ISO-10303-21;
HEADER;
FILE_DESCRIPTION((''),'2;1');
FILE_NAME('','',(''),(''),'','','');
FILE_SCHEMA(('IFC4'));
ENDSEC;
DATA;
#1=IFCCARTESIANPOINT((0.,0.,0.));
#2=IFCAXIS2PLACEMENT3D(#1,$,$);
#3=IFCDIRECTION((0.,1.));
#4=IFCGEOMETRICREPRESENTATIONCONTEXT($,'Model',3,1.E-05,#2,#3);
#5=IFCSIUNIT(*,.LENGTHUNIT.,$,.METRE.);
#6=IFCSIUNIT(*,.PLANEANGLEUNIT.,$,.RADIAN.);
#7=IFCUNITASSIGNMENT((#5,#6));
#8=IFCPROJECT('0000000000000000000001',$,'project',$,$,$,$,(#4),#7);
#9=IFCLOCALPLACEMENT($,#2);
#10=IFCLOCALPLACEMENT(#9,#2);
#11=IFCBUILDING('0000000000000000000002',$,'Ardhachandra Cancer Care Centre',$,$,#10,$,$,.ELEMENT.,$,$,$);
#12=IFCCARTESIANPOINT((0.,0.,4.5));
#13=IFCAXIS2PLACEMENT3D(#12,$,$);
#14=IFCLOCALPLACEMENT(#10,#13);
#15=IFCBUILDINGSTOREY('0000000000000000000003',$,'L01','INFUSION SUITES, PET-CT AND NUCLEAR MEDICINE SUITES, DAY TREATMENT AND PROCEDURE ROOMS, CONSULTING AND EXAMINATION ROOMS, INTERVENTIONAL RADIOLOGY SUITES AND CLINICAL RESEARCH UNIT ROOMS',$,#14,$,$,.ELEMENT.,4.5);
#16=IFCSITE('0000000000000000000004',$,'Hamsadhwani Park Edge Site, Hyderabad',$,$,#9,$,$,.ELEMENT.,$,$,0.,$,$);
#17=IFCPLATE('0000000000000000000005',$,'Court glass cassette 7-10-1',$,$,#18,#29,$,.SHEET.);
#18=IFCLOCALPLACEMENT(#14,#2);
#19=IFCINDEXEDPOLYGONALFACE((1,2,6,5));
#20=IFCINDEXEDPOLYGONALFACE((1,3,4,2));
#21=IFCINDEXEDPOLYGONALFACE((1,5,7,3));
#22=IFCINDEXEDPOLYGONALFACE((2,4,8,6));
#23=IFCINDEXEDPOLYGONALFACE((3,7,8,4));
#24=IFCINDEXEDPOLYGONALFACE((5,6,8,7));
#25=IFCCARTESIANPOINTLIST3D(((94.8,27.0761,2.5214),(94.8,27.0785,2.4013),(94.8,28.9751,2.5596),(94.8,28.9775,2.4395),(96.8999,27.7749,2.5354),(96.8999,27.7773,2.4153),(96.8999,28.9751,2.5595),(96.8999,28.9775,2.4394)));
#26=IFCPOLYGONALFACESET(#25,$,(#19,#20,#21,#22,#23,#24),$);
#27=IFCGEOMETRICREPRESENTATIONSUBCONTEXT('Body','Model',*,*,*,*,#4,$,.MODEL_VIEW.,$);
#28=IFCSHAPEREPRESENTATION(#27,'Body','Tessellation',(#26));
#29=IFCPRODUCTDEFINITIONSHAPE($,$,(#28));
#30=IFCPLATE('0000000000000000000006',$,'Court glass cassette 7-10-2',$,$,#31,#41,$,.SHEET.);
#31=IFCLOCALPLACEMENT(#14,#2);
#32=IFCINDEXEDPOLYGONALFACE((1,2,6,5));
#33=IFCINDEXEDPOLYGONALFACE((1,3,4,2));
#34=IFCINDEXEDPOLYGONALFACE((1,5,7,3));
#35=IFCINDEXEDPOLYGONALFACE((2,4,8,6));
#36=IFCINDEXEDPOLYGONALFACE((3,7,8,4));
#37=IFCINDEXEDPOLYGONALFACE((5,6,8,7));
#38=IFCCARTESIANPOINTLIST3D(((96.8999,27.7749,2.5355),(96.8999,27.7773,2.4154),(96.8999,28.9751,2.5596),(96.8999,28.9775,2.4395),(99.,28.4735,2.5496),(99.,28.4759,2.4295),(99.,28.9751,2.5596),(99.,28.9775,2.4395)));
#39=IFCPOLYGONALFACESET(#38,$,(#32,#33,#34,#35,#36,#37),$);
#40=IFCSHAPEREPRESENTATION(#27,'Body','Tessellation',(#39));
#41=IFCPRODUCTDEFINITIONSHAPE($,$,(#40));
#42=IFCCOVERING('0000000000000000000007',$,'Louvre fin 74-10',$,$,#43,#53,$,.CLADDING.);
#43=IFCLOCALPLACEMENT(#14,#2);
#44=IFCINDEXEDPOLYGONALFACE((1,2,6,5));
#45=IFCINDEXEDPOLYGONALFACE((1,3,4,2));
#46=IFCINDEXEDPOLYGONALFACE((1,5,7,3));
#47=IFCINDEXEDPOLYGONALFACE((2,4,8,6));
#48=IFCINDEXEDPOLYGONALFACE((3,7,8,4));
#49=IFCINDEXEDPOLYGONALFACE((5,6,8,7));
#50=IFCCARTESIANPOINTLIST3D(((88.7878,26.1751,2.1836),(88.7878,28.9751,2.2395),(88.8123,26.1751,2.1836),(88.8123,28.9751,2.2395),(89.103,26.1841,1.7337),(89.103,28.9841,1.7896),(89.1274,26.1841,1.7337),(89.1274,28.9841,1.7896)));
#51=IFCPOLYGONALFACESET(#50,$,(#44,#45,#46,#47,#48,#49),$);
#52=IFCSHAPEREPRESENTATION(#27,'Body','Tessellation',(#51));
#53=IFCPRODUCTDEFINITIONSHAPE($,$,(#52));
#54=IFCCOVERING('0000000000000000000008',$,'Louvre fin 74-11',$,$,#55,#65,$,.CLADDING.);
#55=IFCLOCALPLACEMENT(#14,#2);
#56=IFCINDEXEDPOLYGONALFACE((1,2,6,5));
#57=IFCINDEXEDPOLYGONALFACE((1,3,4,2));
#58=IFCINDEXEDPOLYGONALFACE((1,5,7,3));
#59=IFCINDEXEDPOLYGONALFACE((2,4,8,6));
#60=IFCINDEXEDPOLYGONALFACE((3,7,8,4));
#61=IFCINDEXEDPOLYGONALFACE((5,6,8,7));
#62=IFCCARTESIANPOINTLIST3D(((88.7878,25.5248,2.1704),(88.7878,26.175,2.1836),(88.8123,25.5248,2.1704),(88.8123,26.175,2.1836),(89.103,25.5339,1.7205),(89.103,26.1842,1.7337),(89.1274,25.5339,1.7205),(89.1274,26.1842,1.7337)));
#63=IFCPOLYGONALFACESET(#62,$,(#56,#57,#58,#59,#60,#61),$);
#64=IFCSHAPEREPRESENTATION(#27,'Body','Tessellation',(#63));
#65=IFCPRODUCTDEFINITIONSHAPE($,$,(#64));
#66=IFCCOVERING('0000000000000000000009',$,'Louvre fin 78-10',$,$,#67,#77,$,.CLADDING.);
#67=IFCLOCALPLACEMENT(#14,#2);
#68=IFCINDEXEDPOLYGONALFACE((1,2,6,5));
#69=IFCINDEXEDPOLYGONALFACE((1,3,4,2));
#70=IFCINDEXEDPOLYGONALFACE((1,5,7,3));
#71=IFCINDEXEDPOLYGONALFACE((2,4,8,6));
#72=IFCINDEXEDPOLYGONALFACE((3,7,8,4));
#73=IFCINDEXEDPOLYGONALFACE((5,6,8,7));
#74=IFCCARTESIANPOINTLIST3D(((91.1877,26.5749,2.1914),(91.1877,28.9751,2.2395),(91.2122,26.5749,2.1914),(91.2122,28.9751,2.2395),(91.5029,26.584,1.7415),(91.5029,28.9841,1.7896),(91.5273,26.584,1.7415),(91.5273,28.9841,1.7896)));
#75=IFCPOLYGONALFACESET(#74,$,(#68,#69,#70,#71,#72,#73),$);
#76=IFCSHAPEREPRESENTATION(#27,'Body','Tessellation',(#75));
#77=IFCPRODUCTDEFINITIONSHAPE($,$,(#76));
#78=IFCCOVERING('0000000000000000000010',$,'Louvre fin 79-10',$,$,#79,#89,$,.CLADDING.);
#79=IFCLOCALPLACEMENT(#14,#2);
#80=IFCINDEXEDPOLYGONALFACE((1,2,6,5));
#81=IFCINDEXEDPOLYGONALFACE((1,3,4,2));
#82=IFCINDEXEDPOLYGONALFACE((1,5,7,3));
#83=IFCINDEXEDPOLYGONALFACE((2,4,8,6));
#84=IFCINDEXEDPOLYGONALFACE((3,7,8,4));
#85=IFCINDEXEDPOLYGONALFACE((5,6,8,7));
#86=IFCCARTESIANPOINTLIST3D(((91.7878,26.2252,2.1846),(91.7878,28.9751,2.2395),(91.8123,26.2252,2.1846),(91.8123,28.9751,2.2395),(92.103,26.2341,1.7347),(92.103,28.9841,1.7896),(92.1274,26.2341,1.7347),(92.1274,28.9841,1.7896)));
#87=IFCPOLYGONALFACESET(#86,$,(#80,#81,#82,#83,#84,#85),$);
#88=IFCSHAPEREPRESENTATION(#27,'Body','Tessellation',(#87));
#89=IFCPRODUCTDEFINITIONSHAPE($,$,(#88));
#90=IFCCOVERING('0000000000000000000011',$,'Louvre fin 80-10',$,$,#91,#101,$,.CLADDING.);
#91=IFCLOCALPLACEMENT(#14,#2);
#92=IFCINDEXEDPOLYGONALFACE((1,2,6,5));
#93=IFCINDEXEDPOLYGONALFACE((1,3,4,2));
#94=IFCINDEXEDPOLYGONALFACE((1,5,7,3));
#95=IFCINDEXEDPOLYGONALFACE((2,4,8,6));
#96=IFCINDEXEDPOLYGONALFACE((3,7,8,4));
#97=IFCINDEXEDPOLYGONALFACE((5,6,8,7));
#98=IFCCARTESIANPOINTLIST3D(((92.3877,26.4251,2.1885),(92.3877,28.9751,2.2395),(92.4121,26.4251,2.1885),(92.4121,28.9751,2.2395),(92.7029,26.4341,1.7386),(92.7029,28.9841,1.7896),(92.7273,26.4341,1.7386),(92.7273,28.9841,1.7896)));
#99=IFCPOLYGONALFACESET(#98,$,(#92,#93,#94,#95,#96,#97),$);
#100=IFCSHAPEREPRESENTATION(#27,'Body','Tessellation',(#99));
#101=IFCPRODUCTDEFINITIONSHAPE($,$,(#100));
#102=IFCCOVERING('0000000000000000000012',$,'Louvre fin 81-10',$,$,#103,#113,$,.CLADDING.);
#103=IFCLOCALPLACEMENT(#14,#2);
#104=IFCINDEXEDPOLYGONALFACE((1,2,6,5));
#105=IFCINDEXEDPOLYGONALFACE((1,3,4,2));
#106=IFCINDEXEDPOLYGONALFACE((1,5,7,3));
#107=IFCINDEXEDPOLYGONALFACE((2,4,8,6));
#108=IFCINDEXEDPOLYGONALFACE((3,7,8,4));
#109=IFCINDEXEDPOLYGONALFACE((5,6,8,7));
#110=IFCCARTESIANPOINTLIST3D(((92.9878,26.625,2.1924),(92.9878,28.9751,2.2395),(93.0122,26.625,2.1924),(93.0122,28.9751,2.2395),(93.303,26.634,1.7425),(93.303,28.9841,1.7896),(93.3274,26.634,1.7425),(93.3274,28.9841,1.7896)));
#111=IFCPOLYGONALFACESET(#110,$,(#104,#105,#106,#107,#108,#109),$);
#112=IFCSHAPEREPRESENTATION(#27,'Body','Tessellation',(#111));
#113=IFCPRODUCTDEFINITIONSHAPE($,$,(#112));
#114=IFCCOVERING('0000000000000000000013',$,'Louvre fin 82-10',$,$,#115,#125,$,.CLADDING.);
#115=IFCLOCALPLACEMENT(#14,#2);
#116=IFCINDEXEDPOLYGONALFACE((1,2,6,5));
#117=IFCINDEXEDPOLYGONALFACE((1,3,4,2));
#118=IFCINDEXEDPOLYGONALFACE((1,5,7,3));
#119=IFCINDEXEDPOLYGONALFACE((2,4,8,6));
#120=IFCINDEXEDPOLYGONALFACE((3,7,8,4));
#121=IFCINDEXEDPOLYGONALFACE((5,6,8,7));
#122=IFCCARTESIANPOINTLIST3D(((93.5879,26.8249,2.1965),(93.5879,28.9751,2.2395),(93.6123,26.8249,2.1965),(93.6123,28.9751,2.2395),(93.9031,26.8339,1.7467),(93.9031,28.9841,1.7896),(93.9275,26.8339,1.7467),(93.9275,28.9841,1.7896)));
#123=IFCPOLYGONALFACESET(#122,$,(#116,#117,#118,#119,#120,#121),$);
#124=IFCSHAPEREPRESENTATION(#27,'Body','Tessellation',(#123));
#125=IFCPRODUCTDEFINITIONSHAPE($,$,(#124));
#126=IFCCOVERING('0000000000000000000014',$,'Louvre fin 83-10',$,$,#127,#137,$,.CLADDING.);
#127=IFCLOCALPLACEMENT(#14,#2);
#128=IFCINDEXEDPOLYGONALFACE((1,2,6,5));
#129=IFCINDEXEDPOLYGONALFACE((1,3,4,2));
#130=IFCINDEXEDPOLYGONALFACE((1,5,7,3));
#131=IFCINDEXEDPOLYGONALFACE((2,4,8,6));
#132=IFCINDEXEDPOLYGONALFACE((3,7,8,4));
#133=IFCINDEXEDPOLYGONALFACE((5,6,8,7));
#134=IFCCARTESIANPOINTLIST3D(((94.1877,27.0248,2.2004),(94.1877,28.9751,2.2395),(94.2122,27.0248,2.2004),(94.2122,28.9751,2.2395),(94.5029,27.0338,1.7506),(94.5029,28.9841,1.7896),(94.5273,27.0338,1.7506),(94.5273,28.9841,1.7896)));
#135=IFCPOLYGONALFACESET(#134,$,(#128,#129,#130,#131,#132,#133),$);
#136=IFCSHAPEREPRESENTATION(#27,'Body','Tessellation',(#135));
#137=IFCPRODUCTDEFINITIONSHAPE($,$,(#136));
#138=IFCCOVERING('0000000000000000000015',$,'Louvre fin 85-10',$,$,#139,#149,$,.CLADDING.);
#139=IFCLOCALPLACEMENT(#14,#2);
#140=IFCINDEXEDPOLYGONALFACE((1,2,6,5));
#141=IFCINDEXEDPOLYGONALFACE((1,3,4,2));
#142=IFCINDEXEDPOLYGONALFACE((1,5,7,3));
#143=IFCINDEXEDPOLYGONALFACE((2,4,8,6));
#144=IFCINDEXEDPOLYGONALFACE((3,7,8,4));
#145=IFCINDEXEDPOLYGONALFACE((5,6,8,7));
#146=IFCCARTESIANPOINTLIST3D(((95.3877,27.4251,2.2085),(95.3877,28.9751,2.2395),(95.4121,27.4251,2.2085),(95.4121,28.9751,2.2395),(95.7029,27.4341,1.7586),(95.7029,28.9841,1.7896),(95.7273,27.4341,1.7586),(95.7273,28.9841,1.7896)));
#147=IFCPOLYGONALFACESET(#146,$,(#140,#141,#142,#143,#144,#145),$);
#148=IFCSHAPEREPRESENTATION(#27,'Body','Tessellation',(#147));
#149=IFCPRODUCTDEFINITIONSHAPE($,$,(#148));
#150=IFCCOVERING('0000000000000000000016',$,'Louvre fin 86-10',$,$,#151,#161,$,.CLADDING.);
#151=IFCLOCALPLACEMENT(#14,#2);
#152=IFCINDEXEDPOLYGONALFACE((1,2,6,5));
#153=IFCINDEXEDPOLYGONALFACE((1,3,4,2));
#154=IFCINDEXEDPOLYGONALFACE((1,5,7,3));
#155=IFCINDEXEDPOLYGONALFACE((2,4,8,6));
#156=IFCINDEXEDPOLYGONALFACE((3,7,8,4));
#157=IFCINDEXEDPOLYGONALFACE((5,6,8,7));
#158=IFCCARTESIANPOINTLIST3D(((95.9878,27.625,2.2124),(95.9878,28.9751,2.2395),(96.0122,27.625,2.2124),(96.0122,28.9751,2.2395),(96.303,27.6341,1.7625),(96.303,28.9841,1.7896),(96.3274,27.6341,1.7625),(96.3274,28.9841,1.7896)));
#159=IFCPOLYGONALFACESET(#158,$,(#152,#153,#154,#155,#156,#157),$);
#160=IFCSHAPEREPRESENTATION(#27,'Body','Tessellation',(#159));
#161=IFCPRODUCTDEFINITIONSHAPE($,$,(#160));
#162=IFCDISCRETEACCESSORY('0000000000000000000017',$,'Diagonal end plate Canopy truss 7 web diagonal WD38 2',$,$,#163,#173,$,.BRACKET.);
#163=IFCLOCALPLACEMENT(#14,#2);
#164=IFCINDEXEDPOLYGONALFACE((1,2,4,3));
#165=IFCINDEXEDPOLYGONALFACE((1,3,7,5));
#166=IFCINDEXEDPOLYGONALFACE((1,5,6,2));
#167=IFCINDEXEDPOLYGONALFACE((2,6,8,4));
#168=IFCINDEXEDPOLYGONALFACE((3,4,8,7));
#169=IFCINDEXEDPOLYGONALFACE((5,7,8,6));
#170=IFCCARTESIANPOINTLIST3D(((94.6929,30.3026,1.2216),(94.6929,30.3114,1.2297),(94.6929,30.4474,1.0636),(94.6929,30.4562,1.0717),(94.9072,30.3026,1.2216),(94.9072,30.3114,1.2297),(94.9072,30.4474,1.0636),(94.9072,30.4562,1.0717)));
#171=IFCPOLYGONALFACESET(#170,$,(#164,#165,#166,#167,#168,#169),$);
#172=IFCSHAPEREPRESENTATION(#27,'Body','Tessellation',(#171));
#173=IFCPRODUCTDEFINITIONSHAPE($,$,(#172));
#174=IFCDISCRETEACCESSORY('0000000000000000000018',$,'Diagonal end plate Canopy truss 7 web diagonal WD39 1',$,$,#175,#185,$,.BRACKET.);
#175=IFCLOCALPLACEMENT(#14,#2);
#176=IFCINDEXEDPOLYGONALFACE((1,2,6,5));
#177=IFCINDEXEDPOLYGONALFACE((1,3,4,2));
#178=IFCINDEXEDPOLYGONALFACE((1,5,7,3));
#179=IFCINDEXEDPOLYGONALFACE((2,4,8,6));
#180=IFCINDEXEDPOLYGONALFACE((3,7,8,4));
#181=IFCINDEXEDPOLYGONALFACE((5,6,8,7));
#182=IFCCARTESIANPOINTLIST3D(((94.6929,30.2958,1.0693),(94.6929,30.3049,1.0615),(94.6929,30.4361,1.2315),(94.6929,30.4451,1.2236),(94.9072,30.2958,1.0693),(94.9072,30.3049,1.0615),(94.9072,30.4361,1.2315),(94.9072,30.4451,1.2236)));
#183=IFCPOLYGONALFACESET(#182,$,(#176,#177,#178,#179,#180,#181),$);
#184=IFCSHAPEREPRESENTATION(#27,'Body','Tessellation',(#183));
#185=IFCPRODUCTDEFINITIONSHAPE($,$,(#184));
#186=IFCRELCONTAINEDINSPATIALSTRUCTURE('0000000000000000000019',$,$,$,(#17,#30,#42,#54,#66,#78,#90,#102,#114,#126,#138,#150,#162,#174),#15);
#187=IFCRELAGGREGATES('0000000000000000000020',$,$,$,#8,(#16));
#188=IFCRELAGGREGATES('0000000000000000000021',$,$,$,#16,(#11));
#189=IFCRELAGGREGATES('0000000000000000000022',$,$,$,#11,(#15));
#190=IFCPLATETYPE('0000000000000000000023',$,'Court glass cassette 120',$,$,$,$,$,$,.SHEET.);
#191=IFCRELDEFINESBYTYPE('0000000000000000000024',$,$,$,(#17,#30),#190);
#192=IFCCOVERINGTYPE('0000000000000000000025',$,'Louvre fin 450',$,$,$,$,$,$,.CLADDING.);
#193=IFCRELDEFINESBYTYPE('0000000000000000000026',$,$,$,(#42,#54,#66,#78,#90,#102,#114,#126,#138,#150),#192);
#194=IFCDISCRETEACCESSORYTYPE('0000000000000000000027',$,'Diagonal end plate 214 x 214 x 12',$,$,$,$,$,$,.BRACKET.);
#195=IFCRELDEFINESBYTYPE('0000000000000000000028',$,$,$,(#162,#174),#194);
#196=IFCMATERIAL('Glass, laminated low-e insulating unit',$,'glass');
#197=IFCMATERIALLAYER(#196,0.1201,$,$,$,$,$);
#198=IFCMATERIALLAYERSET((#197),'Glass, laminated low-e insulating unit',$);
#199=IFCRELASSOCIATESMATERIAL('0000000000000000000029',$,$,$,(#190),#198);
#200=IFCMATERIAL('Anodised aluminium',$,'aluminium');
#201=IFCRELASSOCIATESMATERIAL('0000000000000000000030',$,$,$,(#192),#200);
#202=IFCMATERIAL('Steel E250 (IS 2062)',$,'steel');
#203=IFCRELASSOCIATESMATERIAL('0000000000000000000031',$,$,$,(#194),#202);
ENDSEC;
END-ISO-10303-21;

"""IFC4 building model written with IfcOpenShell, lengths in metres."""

from ifc_helpers import new_model, si_unit, direction, frame, origin, origin_2d, place, context, subcontext, project, spatial, polyline, rectangle, outline, extrude, material, layer, layer_set, material_profile, profile_set, type_object, element, save


model = new_model("IFC4")

# Units and contexts
model_context = context("Model", 3, precision=1e-05, world=origin(), true_north=direction((0.0, 1.0)))
body_context = subcontext(model_context, "Body", "Model", "MODEL_VIEW")
ifc_project = project(units=[si_unit("LENGTHUNIT", "METRE"), si_unit("PLANEANGLEUNIT", "RADIAN")], contexts=[model_context])

# Site, building, storey
site_placement = place(None, origin())
site = spatial("IfcSite", under=ifc_project, at=site_placement, Name="Hamsadhwani Park Edge Site, Hyderabad", CompositionType="ELEMENT", RefElevation=0.0)
building_placement = place(site_placement, origin())
building = spatial("IfcBuilding", under=site, at=building_placement, Name="Ardhachandra Cancer Care Centre", CompositionType="ELEMENT")
storey_placement = place(building_placement, frame((0.0, 0.0, 4.5)))
storey = spatial("IfcBuildingStorey", under=building, at=storey_placement, Name="L01", Description="INFUSION SUITES, PET-CT AND NUCLEAR MEDICINE SUITES, DAY TREATMENT AND PROCEDURE ROOMS, CONSULTING AND EXAMINATION ROOMS, INTERVENTIONAL RADIOLOGY SUITES AND CLINICAL RESEARCH UNIT ROOMS", CompositionType="ELEMENT", Elevation=4.5)

# Plates
ifc_material_1 = material(Name="Glass, laminated low-e insulating unit", Category="glass")
ifc_layer = layer(ifc_material_1, 0.1201)
ifc_layer_set = layer_set([ifc_layer], Name="Glass, laminated low-e insulating unit")
plate_type = type_object("IfcPlateType", Name="Court glass cassette 120", PredefinedType="SHEET", material=ifc_layer_set)
plate_1_placement = place(storey_placement, frame((94.8, 28.9751, 2.5596), z_axis=(0.000029, -0.020084, 0.999798), x_axis=(1.0, 0.000001, -0.000029)))
element("IfcPlate", 1, at=plate_1_placement, inside=storey, type_object=plate_type, Name="Court glass cassette 7-10-1", PredefinedType="SHEET", context=body_context, shape_type="SweptSolid", body=[
    extrude(outline(polyline([(0.0, -1.8994), (2.0999, -1.2004), (2.0999, 0.0), (0.0, 0.0), (0.0, -1.8994)])), frame((0.0, 0.0, -0.1201)), (0.0, 0.0, 1.0), 0.1201),
])
plate_2_placement = place(storey_placement, frame((96.8999, 28.9751, 2.5596), z_axis=(-0.000031, -0.020079, 0.999798), x_axis=(1.0, -0.000001, 0.000031)))
element("IfcPlate", 2, at=plate_2_placement, inside=storey, type_object=plate_type, Name="Court glass cassette 7-10-2", PredefinedType="SHEET", context=body_context, shape_type="SweptSolid", body=[
    extrude(outline(polyline([(0.0, -1.2004), (2.1001, -0.5017), (2.1001, 0.0), (0.0, 0.0), (0.0, -1.2004)])), frame((0.0, 0.0, -0.1201)), (0.0, 0.0, 1.0), 0.1201),
])

# Coverings
ifc_material_2 = material(Name="Anodised aluminium", Category="aluminium")
ifc_material_profile_1 = material_profile(ifc_material_2, outline(polyline([(-0.0122, 0.0), (0.0122, 0.0), (0.3274, -0.45), (0.303, -0.45), (-0.0122, 0.0)])), Name="Louvre fin 450")
ifc_profile_set_1 = profile_set([ifc_material_profile_1], Name="Anodised aluminium")
covering_type = type_object("IfcCoveringType", Name="Louvre fin 450", PredefinedType="CLADDING", material=ifc_profile_set_1)
covering_1_placement = place(storey_placement, frame((88.8, 28.9751, 2.2395), z_axis=(0.0, -0.999801, -0.019963), x_axis=(1.0, 0.0, 0.0)))
element("IfcCovering", 3, at=covering_1_placement, inside=storey, type_object=covering_type, Name="Louvre fin 74-10", PredefinedType="CLADDING", context=body_context, shape_type="SweptSolid", body=[
    extrude(outline(polyline([(-0.0122, 0.0), (0.0122, 0.0), (0.3274, -0.45), (0.303, -0.45), (-0.0122, 0.0)])), origin(), (0.0, 0.0, 1.0), 2.8005),
])
covering_2_placement = place(storey_placement, frame((88.8, 26.175, 2.1836), z_axis=(0.0, -0.999794, -0.020274), x_axis=(1.0, 0.0, 0.0)))
element("IfcCovering", 4, at=covering_2_placement, inside=storey, type_object=covering_type, Name="Louvre fin 74-11", PredefinedType="CLADDING", context=body_context, shape_type="SweptSolid", body=[
    extrude(outline(polyline([(-0.0122, 0.0), (0.0122, 0.0), (0.3274, -0.45), (0.303, -0.45), (-0.0122, 0.0)])), origin(), (0.0, 0.0, 1.0), 0.6504),
])
covering_3_placement = place(storey_placement, frame((91.2, 28.9751, 2.2395), z_axis=(0.0, -0.999799, -0.020035), x_axis=(1.0, 0.0, 0.0)))
element("IfcCovering", 5, at=covering_3_placement, inside=storey, type_object=covering_type, Name="Louvre fin 78-10", PredefinedType="CLADDING", context=body_context, shape_type="SweptSolid", body=[
    extrude(outline(polyline([(-0.0122, 0.0), (0.0122, 0.0), (0.3274, -0.45), (0.303, -0.45), (-0.0122, 0.0)])), origin(), (0.0, 0.0, 1.0), 2.4006),
])
covering_4_placement = place(storey_placement, frame((91.8, 28.9751, 2.2395), z_axis=(0.0, -0.999801, -0.019971), x_axis=(1.0, 0.0, 0.0)))
element("IfcCovering", 6, at=covering_4_placement, inside=storey, type_object=covering_type, Name="Louvre fin 79-10", PredefinedType="CLADDING", context=body_context, shape_type="SweptSolid", body=[
    extrude(outline(polyline([(-0.0122, 0.0), (0.0122, 0.0), (0.3274, -0.45), (0.303, -0.45), (-0.0122, 0.0)])), origin(), (0.0, 0.0, 1.0), 2.7505),
])
covering_5_placement = place(storey_placement, frame((92.3999, 28.9751, 2.2395), z_axis=(0.0, -0.9998, -0.020006), x_axis=(1.0, 0.0, 0.0)))
element("IfcCovering", 7, at=covering_5_placement, inside=storey, type_object=covering_type, Name="Louvre fin 80-10", PredefinedType="CLADDING", context=body_context, shape_type="SweptSolid", body=[
    extrude(outline(polyline([(-0.0122, 0.0), (0.0122, 0.0), (0.3274, -0.45), (0.303, -0.45), (-0.0122, 0.0)])), origin(), (0.0, 0.0, 1.0), 2.5505),
])
covering_6_placement = place(storey_placement, frame((93.0, 28.9751, 2.2395), z_axis=(0.0, -0.999799, -0.020046), x_axis=(1.0, 0.0, 0.0)))
element("IfcCovering", 8, at=covering_6_placement, inside=storey, type_object=covering_type, Name="Louvre fin 81-10", PredefinedType="CLADDING", context=body_context, shape_type="SweptSolid", body=[
    extrude(outline(polyline([(-0.0122, 0.0), (0.0122, 0.0), (0.3274, -0.45), (0.303, -0.45), (-0.0122, 0.0)])), origin(), (0.0, 0.0, 1.0), 2.3506),
])
covering_7_placement = place(storey_placement, frame((93.6001, 28.9751, 2.2395), z_axis=(0.0, -0.9998, -0.01998), x_axis=(1.0, 0.0, 0.0)))
element("IfcCovering", 9, at=covering_7_placement, inside=storey, type_object=covering_type, Name="Louvre fin 82-10", PredefinedType="CLADDING", context=body_context, shape_type="SweptSolid", body=[
    extrude(outline(polyline([(-0.0122, 0.0), (0.0122, 0.0), (0.3274, -0.45), (0.303, -0.45), (-0.0122, 0.0)])), origin(), (0.0, 0.0, 1.0), 2.1506),
])
covering_8_placement = place(storey_placement, frame((94.2, 28.9751, 2.2395), z_axis=(0.0, -0.999799, -0.020026), x_axis=(1.0, 0.0, 0.0)))
element("IfcCovering", 10, at=covering_8_placement, inside=storey, type_object=covering_type, Name="Louvre fin 83-10", PredefinedType="CLADDING", context=body_context, shape_type="SweptSolid", body=[
    extrude(outline(polyline([(-0.0122, 0.0), (0.0122, 0.0), (0.3274, -0.45), (0.303, -0.45), (-0.0122, 0.0)])), origin(), (0.0, 0.0, 1.0), 1.9507),
])
covering_9_placement = place(storey_placement, frame((95.3999, 28.9751, 2.2395), z_axis=(0.0, -0.9998, -0.019999), x_axis=(1.0, 0.0, 0.0)))
element("IfcCovering", 11, at=covering_9_placement, inside=storey, type_object=covering_type, Name="Louvre fin 85-10", PredefinedType="CLADDING", context=body_context, shape_type="SweptSolid", body=[
    extrude(outline(polyline([(-0.0122, 0.0), (0.0122, 0.0), (0.3274, -0.45), (0.303, -0.45), (-0.0122, 0.0)])), origin(), (0.0, 0.0, 1.0), 1.5503),
])
covering_10_placement = place(storey_placement, frame((96.0, 28.9751, 2.2395), z_axis=(0.0, -0.999799, -0.020068), x_axis=(1.0, 0.0, 0.0)))
element("IfcCovering", 12, at=covering_10_placement, inside=storey, type_object=covering_type, Name="Louvre fin 86-10", PredefinedType="CLADDING", context=body_context, shape_type="SweptSolid", body=[
    extrude(outline(polyline([(-0.0122, 0.0), (0.0122, 0.0), (0.3274, -0.45), (0.303, -0.45), (-0.0122, 0.0)])), origin(), (0.0, 0.0, 1.0), 1.3503),
])

# Discrete accessories
ifc_material_3 = material(Name="Steel E250 (IS 2062)", Category="steel")
ifc_material_profile_2 = material_profile(ifc_material_3, rectangle(XDim=0.2144, YDim=0.2144, at=origin_2d()), Name="PL 214x214x12")
ifc_profile_set_2 = profile_set([ifc_material_profile_2], Name="Steel E250 (IS 2062)")
discrete_accessory_type = type_object("IfcDiscreteAccessoryType", Name="Diagonal end plate 214 x 214 x 12", PredefinedType="BRACKET", material=ifc_profile_set_2)
for number, where, z_axis, x_axis, name in (
    (13, (94.8, 30.375, 1.1426), (0.0, 0.737154, 0.675725), (-1.0, 0.0, 0.0), "Diagonal end plate Canopy truss 7 web diagonal WD38 2"),
    (14, (94.8, 30.375, 1.1426), (0.0, -0.756363, 0.654152), (1.0, 0.0, 0.0), "Diagonal end plate Canopy truss 7 web diagonal WD39 1"),
):
    element("IfcDiscreteAccessory", number, at=place(storey_placement, frame(where, z_axis=z_axis, x_axis=x_axis)), inside=storey, type_object=discrete_accessory_type, Name=name, PredefinedType="BRACKET", context=body_context, shape_type="SweptSolid", body=[
        extrude(rectangle(XDim=0.2144, YDim=0.2144, at=origin_2d()), origin(), (0.0, 0.0, 1.0), 0.012),
    ])

save(model, "model.ifc")
